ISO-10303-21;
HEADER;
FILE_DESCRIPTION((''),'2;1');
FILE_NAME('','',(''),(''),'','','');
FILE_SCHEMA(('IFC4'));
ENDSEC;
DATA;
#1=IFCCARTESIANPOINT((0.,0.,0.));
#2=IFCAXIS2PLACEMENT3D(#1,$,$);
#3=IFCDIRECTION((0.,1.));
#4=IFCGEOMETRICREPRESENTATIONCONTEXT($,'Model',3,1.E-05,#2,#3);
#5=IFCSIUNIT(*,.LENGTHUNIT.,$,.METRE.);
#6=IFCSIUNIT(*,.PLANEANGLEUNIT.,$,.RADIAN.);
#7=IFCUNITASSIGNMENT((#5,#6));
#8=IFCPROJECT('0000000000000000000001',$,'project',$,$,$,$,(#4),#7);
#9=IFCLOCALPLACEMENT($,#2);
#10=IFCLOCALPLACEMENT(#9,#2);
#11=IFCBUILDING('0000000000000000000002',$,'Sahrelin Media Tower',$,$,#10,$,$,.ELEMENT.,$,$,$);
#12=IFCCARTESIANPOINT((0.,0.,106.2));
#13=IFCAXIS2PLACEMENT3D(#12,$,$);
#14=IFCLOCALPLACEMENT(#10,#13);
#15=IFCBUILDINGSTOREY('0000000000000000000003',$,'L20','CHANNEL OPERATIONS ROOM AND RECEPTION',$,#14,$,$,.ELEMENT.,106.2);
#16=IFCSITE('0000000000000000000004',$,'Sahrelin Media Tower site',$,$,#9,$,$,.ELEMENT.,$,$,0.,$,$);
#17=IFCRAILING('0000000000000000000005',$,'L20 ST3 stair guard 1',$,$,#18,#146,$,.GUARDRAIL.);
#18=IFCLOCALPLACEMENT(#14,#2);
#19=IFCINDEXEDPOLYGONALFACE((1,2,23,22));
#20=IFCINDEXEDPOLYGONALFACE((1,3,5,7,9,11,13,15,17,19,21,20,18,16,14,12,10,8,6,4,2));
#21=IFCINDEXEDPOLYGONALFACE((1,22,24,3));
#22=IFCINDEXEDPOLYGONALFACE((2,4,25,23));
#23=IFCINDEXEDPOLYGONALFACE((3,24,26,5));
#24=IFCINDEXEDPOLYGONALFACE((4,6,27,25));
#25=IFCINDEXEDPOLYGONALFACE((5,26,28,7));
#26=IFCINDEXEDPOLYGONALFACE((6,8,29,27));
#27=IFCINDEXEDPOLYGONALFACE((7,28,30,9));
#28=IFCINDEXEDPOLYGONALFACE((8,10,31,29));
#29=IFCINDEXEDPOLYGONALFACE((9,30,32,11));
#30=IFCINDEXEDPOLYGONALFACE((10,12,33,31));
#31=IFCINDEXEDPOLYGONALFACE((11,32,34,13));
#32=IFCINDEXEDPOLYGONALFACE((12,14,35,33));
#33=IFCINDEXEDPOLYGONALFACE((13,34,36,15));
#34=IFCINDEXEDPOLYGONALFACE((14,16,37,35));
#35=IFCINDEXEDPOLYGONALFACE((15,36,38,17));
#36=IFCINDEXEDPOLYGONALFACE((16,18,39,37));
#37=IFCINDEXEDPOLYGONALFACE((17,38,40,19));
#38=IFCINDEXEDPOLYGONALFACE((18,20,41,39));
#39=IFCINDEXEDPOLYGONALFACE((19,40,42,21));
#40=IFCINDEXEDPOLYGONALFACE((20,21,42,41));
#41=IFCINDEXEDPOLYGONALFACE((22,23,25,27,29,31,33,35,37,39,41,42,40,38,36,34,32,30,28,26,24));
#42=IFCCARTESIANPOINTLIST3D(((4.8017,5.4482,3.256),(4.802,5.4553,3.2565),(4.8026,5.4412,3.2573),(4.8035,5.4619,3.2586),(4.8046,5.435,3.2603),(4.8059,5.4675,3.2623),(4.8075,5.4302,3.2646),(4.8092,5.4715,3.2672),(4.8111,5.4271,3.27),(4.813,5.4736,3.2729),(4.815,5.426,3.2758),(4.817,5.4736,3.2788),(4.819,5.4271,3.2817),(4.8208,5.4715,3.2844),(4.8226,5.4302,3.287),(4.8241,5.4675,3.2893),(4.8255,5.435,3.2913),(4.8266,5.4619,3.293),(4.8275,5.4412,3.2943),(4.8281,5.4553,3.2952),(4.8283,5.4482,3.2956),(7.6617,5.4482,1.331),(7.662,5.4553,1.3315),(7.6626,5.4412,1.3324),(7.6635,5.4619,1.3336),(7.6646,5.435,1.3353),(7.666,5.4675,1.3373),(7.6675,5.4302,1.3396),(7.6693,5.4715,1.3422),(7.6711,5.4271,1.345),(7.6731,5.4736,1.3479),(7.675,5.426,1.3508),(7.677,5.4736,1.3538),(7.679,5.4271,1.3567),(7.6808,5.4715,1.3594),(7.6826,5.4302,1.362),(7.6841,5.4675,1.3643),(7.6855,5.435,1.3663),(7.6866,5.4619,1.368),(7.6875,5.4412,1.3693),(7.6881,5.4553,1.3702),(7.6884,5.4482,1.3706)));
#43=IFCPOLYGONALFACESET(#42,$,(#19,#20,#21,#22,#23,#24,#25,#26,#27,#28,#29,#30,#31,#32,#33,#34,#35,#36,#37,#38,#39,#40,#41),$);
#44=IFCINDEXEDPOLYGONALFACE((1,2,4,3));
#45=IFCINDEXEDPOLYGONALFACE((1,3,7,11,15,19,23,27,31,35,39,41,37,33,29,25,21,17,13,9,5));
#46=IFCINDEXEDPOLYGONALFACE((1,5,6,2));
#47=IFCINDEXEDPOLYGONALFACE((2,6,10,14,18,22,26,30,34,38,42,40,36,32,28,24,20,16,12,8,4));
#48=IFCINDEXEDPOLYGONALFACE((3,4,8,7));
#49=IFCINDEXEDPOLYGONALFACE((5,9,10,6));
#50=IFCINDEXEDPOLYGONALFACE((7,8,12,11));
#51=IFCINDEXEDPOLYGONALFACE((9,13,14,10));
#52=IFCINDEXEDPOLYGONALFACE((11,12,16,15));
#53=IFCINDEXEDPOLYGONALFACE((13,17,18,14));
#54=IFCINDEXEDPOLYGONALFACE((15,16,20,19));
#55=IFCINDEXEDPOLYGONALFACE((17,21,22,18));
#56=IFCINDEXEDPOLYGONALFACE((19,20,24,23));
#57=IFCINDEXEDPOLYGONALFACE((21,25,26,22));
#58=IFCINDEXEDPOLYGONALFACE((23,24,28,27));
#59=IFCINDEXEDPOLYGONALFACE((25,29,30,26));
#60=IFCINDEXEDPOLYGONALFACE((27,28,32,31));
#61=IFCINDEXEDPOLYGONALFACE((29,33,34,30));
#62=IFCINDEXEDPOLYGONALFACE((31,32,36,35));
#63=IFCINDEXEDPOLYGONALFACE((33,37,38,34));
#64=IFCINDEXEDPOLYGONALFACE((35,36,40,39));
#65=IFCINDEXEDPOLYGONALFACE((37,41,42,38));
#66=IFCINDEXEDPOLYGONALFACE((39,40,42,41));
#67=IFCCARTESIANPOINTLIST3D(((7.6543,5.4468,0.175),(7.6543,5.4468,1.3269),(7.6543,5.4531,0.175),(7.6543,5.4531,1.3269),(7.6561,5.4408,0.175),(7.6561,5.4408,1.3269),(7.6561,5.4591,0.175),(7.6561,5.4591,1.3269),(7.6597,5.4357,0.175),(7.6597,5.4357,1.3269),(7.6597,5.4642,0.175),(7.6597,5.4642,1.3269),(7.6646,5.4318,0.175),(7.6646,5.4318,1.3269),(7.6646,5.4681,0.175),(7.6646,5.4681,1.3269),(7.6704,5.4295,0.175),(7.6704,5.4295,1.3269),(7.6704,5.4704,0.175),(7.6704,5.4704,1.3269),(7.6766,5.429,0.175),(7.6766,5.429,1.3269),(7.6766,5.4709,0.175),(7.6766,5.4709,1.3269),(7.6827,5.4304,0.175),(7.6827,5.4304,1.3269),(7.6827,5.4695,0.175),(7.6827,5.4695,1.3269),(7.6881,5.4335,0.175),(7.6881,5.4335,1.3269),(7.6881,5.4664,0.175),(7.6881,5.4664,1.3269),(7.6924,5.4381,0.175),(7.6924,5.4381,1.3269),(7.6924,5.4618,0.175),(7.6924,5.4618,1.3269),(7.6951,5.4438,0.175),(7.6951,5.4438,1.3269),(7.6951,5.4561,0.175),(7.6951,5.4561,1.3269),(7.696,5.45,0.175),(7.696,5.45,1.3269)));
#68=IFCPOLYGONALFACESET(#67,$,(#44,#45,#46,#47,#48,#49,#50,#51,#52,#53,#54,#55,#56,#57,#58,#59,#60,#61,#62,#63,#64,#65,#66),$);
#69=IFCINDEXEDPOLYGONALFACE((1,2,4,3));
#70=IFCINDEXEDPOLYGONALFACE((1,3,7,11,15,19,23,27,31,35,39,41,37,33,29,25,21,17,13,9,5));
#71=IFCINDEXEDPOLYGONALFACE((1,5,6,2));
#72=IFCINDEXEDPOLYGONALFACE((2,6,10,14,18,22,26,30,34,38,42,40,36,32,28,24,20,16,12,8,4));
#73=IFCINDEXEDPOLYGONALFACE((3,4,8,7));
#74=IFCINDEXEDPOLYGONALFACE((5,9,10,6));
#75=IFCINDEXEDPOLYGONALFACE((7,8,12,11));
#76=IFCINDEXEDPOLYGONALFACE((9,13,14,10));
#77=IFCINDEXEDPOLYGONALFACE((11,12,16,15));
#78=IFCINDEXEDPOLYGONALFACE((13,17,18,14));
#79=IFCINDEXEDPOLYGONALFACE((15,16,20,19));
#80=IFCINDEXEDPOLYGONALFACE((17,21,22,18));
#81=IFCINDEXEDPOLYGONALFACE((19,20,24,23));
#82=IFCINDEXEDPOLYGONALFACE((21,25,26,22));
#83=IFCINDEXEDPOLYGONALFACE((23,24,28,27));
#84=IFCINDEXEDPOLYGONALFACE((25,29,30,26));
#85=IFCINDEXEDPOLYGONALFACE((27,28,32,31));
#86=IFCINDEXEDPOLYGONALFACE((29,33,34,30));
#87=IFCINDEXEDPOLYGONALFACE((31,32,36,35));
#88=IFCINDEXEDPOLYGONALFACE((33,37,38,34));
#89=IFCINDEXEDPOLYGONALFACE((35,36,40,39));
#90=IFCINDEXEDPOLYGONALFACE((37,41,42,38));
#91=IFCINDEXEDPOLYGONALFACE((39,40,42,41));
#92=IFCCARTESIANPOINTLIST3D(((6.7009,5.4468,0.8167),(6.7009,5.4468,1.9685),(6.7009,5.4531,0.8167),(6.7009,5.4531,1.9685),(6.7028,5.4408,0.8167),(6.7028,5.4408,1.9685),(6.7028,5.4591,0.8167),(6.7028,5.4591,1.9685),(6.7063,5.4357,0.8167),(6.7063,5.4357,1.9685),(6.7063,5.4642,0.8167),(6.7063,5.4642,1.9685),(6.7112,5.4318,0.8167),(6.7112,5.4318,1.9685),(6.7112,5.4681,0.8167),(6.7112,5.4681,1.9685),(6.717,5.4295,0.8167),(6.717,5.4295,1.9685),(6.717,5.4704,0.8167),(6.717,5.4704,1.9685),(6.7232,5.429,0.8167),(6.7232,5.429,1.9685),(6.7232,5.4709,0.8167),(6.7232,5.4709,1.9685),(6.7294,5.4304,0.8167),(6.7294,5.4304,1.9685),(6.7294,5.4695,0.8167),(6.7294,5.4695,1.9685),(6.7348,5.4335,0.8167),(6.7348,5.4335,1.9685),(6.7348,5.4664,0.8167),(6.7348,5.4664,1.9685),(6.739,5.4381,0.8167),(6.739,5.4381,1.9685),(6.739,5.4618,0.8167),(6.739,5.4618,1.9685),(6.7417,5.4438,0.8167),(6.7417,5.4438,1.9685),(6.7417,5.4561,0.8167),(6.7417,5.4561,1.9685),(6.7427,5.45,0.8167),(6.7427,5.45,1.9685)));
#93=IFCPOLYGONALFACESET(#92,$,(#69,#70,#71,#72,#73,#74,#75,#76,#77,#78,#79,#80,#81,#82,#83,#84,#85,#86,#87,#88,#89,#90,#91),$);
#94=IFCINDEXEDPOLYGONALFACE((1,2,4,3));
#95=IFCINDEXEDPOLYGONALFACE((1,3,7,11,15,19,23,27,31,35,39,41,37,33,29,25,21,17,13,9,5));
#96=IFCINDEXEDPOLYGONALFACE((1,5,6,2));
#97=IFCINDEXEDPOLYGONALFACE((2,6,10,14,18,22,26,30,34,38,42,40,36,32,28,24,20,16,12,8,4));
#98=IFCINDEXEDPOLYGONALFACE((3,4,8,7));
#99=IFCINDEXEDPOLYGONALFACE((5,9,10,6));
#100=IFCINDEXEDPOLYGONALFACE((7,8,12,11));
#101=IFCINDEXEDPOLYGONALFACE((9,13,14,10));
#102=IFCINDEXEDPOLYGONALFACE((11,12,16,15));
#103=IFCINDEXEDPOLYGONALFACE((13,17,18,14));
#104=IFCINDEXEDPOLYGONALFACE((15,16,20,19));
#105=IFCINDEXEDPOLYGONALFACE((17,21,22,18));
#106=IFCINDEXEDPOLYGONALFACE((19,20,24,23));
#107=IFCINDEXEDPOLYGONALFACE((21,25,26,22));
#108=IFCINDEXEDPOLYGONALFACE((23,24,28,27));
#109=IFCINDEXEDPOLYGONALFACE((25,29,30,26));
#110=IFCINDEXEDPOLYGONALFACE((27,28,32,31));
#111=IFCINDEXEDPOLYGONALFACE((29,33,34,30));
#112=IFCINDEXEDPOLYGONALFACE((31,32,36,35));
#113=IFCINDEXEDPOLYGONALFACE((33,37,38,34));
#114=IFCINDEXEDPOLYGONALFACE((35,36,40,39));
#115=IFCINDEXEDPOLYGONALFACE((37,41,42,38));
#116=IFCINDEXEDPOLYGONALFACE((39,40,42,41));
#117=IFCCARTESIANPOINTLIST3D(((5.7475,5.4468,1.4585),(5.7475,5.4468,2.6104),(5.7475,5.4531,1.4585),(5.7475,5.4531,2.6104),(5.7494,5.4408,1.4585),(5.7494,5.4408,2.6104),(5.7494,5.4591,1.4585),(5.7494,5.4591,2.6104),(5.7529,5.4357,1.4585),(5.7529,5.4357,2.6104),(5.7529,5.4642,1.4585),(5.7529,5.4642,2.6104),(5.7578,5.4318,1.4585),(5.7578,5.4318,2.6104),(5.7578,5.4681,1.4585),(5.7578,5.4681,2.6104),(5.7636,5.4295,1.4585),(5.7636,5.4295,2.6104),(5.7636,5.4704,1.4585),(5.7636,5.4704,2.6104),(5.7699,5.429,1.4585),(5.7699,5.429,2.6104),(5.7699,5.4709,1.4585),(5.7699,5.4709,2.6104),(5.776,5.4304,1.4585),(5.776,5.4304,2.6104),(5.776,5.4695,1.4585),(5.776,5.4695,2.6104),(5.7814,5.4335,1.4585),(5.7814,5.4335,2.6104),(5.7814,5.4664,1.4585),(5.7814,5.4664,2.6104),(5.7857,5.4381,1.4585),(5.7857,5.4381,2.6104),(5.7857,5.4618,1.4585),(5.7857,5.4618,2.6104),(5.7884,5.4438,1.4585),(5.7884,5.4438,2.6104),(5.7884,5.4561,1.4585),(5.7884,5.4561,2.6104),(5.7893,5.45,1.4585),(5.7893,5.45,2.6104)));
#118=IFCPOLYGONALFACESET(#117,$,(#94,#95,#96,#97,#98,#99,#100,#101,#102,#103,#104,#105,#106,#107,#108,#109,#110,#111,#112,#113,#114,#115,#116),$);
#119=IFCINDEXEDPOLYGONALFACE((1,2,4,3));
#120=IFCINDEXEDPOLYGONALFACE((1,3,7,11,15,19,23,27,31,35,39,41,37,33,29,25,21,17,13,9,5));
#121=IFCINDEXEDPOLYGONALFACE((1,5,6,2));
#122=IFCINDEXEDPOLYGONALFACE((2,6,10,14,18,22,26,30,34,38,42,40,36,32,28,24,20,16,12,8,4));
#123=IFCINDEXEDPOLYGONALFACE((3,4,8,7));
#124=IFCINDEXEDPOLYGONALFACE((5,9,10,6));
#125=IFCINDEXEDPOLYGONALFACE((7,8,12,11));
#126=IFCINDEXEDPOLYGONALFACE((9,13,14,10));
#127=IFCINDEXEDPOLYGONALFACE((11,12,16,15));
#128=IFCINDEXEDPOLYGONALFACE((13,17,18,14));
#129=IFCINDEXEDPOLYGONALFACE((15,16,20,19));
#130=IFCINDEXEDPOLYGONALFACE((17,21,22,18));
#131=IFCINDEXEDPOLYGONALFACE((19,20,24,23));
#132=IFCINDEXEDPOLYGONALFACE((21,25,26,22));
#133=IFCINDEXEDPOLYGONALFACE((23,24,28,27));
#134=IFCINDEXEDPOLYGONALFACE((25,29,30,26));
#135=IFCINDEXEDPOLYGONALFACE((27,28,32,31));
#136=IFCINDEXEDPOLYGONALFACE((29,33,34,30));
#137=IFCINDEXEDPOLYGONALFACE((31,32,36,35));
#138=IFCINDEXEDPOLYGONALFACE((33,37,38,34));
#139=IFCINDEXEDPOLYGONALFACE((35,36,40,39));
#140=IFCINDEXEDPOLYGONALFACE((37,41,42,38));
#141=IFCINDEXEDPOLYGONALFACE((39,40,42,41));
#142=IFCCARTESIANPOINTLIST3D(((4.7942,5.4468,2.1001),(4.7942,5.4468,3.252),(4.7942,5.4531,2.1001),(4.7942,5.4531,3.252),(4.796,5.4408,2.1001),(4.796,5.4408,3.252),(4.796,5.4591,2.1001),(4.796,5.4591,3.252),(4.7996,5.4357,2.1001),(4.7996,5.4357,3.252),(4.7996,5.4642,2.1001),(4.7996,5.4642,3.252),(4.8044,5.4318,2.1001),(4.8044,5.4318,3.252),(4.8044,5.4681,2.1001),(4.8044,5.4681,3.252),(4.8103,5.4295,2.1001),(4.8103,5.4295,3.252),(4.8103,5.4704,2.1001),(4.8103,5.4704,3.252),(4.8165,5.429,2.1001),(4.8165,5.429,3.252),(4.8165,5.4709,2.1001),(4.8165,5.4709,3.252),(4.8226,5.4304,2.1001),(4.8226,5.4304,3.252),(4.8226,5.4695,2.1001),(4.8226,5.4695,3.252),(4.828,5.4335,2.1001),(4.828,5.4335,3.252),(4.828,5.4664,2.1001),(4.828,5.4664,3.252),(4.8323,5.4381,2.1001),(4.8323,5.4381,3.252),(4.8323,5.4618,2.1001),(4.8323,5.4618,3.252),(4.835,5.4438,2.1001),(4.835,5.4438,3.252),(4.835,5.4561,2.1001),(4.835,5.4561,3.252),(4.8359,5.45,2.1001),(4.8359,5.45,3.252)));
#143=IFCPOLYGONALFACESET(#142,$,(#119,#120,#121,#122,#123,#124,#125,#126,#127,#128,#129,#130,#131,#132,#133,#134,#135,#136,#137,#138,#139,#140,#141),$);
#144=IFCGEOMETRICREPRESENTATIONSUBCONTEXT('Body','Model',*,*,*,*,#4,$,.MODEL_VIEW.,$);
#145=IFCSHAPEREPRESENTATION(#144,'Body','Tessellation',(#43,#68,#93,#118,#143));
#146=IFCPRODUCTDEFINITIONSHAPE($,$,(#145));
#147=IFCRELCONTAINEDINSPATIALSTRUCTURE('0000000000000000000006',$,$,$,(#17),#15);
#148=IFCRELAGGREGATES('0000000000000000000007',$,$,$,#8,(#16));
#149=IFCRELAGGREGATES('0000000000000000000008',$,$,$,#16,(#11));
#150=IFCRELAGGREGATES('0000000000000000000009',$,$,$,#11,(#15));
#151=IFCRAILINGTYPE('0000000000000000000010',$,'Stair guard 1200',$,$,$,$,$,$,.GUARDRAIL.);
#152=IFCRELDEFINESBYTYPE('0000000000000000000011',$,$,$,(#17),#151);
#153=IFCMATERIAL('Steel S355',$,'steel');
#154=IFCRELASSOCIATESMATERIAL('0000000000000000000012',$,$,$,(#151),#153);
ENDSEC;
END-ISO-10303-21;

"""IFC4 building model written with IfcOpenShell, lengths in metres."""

from ifc_helpers import new_model, si_unit, direction, frame, origin, origin_2d, place, context, subcontext, project, spatial, circle, extrude, material, type_object, element, save


model = new_model("IFC4")

# Units and contexts
model_context = context("Model", 3, precision=1e-05, world=origin(), true_north=direction((0.0, 1.0)))
body_context = subcontext(model_context, "Body", "Model", "MODEL_VIEW")
ifc_project = project(units=[si_unit("LENGTHUNIT", "METRE"), si_unit("PLANEANGLEUNIT", "RADIAN")], contexts=[model_context])

# Site, building, storey
site_placement = place(None, origin())
site = spatial("IfcSite", under=ifc_project, at=site_placement, Name="Sahrelin Media Tower site", CompositionType="ELEMENT", RefElevation=0.0)
building_placement = place(site_placement, origin())
building = spatial("IfcBuilding", under=site, at=building_placement, Name="Sahrelin Media Tower", CompositionType="ELEMENT")
storey_placement = place(building_placement, frame((0.0, 0.0, 106.2)))
storey = spatial("IfcBuildingStorey", under=building, at=storey_placement, Name="L20", Description="CHANNEL OPERATIONS ROOM AND RECEPTION", CompositionType="ELEMENT", Elevation=106.2)

# Shared definitions
ifc_material_1 = material(Name="Steel S355", Category="steel")

# Railing
railing_type_1 = type_object("IfcRailingType", Name="Stair guard 1200", PredefinedType="GUARDRAIL", material=ifc_material_1)
railing_1_placement = place(storey_placement, frame((7.675, 5.45, 0.175)))
element("IfcRailing", 1, at=railing_1_placement, inside=storey, type_object=railing_type_1, Name="L20 ST3 stair guard 1", PredefinedType="GUARDRAIL", context=body_context, shape_type="SweptSolid", body=[
    extrude(circle(Radius=0.0239, at=origin_2d()), frame((0.0, 0.0, 1.1758), z_axis=(-0.829591, 0.0, 0.558372), x_axis=(0.0, -1.0, 0.0)), (0.0, 0.0, 1.0), 3.4475),
    extrude(circle(Radius=0.021, at=origin_2d()), origin(), (0.0, 0.0, 1.0), 1.1519),
    extrude(circle(Radius=0.021, at=origin_2d()), frame((-0.9534, 0.0, 0.6416)), (0.0, 0.0, 1.0), 1.1519),
    extrude(circle(Radius=0.021, at=origin_2d()), frame((-1.9067, 0.0, 1.2834)), (0.0, 0.0, 1.0), 1.1519),
    extrude(circle(Radius=0.021, at=origin_2d()), frame((-2.8601, 0.0, 1.925)), (0.0, 0.0, 1.0), 1.1519),
])

save(model, "model.ifc")
